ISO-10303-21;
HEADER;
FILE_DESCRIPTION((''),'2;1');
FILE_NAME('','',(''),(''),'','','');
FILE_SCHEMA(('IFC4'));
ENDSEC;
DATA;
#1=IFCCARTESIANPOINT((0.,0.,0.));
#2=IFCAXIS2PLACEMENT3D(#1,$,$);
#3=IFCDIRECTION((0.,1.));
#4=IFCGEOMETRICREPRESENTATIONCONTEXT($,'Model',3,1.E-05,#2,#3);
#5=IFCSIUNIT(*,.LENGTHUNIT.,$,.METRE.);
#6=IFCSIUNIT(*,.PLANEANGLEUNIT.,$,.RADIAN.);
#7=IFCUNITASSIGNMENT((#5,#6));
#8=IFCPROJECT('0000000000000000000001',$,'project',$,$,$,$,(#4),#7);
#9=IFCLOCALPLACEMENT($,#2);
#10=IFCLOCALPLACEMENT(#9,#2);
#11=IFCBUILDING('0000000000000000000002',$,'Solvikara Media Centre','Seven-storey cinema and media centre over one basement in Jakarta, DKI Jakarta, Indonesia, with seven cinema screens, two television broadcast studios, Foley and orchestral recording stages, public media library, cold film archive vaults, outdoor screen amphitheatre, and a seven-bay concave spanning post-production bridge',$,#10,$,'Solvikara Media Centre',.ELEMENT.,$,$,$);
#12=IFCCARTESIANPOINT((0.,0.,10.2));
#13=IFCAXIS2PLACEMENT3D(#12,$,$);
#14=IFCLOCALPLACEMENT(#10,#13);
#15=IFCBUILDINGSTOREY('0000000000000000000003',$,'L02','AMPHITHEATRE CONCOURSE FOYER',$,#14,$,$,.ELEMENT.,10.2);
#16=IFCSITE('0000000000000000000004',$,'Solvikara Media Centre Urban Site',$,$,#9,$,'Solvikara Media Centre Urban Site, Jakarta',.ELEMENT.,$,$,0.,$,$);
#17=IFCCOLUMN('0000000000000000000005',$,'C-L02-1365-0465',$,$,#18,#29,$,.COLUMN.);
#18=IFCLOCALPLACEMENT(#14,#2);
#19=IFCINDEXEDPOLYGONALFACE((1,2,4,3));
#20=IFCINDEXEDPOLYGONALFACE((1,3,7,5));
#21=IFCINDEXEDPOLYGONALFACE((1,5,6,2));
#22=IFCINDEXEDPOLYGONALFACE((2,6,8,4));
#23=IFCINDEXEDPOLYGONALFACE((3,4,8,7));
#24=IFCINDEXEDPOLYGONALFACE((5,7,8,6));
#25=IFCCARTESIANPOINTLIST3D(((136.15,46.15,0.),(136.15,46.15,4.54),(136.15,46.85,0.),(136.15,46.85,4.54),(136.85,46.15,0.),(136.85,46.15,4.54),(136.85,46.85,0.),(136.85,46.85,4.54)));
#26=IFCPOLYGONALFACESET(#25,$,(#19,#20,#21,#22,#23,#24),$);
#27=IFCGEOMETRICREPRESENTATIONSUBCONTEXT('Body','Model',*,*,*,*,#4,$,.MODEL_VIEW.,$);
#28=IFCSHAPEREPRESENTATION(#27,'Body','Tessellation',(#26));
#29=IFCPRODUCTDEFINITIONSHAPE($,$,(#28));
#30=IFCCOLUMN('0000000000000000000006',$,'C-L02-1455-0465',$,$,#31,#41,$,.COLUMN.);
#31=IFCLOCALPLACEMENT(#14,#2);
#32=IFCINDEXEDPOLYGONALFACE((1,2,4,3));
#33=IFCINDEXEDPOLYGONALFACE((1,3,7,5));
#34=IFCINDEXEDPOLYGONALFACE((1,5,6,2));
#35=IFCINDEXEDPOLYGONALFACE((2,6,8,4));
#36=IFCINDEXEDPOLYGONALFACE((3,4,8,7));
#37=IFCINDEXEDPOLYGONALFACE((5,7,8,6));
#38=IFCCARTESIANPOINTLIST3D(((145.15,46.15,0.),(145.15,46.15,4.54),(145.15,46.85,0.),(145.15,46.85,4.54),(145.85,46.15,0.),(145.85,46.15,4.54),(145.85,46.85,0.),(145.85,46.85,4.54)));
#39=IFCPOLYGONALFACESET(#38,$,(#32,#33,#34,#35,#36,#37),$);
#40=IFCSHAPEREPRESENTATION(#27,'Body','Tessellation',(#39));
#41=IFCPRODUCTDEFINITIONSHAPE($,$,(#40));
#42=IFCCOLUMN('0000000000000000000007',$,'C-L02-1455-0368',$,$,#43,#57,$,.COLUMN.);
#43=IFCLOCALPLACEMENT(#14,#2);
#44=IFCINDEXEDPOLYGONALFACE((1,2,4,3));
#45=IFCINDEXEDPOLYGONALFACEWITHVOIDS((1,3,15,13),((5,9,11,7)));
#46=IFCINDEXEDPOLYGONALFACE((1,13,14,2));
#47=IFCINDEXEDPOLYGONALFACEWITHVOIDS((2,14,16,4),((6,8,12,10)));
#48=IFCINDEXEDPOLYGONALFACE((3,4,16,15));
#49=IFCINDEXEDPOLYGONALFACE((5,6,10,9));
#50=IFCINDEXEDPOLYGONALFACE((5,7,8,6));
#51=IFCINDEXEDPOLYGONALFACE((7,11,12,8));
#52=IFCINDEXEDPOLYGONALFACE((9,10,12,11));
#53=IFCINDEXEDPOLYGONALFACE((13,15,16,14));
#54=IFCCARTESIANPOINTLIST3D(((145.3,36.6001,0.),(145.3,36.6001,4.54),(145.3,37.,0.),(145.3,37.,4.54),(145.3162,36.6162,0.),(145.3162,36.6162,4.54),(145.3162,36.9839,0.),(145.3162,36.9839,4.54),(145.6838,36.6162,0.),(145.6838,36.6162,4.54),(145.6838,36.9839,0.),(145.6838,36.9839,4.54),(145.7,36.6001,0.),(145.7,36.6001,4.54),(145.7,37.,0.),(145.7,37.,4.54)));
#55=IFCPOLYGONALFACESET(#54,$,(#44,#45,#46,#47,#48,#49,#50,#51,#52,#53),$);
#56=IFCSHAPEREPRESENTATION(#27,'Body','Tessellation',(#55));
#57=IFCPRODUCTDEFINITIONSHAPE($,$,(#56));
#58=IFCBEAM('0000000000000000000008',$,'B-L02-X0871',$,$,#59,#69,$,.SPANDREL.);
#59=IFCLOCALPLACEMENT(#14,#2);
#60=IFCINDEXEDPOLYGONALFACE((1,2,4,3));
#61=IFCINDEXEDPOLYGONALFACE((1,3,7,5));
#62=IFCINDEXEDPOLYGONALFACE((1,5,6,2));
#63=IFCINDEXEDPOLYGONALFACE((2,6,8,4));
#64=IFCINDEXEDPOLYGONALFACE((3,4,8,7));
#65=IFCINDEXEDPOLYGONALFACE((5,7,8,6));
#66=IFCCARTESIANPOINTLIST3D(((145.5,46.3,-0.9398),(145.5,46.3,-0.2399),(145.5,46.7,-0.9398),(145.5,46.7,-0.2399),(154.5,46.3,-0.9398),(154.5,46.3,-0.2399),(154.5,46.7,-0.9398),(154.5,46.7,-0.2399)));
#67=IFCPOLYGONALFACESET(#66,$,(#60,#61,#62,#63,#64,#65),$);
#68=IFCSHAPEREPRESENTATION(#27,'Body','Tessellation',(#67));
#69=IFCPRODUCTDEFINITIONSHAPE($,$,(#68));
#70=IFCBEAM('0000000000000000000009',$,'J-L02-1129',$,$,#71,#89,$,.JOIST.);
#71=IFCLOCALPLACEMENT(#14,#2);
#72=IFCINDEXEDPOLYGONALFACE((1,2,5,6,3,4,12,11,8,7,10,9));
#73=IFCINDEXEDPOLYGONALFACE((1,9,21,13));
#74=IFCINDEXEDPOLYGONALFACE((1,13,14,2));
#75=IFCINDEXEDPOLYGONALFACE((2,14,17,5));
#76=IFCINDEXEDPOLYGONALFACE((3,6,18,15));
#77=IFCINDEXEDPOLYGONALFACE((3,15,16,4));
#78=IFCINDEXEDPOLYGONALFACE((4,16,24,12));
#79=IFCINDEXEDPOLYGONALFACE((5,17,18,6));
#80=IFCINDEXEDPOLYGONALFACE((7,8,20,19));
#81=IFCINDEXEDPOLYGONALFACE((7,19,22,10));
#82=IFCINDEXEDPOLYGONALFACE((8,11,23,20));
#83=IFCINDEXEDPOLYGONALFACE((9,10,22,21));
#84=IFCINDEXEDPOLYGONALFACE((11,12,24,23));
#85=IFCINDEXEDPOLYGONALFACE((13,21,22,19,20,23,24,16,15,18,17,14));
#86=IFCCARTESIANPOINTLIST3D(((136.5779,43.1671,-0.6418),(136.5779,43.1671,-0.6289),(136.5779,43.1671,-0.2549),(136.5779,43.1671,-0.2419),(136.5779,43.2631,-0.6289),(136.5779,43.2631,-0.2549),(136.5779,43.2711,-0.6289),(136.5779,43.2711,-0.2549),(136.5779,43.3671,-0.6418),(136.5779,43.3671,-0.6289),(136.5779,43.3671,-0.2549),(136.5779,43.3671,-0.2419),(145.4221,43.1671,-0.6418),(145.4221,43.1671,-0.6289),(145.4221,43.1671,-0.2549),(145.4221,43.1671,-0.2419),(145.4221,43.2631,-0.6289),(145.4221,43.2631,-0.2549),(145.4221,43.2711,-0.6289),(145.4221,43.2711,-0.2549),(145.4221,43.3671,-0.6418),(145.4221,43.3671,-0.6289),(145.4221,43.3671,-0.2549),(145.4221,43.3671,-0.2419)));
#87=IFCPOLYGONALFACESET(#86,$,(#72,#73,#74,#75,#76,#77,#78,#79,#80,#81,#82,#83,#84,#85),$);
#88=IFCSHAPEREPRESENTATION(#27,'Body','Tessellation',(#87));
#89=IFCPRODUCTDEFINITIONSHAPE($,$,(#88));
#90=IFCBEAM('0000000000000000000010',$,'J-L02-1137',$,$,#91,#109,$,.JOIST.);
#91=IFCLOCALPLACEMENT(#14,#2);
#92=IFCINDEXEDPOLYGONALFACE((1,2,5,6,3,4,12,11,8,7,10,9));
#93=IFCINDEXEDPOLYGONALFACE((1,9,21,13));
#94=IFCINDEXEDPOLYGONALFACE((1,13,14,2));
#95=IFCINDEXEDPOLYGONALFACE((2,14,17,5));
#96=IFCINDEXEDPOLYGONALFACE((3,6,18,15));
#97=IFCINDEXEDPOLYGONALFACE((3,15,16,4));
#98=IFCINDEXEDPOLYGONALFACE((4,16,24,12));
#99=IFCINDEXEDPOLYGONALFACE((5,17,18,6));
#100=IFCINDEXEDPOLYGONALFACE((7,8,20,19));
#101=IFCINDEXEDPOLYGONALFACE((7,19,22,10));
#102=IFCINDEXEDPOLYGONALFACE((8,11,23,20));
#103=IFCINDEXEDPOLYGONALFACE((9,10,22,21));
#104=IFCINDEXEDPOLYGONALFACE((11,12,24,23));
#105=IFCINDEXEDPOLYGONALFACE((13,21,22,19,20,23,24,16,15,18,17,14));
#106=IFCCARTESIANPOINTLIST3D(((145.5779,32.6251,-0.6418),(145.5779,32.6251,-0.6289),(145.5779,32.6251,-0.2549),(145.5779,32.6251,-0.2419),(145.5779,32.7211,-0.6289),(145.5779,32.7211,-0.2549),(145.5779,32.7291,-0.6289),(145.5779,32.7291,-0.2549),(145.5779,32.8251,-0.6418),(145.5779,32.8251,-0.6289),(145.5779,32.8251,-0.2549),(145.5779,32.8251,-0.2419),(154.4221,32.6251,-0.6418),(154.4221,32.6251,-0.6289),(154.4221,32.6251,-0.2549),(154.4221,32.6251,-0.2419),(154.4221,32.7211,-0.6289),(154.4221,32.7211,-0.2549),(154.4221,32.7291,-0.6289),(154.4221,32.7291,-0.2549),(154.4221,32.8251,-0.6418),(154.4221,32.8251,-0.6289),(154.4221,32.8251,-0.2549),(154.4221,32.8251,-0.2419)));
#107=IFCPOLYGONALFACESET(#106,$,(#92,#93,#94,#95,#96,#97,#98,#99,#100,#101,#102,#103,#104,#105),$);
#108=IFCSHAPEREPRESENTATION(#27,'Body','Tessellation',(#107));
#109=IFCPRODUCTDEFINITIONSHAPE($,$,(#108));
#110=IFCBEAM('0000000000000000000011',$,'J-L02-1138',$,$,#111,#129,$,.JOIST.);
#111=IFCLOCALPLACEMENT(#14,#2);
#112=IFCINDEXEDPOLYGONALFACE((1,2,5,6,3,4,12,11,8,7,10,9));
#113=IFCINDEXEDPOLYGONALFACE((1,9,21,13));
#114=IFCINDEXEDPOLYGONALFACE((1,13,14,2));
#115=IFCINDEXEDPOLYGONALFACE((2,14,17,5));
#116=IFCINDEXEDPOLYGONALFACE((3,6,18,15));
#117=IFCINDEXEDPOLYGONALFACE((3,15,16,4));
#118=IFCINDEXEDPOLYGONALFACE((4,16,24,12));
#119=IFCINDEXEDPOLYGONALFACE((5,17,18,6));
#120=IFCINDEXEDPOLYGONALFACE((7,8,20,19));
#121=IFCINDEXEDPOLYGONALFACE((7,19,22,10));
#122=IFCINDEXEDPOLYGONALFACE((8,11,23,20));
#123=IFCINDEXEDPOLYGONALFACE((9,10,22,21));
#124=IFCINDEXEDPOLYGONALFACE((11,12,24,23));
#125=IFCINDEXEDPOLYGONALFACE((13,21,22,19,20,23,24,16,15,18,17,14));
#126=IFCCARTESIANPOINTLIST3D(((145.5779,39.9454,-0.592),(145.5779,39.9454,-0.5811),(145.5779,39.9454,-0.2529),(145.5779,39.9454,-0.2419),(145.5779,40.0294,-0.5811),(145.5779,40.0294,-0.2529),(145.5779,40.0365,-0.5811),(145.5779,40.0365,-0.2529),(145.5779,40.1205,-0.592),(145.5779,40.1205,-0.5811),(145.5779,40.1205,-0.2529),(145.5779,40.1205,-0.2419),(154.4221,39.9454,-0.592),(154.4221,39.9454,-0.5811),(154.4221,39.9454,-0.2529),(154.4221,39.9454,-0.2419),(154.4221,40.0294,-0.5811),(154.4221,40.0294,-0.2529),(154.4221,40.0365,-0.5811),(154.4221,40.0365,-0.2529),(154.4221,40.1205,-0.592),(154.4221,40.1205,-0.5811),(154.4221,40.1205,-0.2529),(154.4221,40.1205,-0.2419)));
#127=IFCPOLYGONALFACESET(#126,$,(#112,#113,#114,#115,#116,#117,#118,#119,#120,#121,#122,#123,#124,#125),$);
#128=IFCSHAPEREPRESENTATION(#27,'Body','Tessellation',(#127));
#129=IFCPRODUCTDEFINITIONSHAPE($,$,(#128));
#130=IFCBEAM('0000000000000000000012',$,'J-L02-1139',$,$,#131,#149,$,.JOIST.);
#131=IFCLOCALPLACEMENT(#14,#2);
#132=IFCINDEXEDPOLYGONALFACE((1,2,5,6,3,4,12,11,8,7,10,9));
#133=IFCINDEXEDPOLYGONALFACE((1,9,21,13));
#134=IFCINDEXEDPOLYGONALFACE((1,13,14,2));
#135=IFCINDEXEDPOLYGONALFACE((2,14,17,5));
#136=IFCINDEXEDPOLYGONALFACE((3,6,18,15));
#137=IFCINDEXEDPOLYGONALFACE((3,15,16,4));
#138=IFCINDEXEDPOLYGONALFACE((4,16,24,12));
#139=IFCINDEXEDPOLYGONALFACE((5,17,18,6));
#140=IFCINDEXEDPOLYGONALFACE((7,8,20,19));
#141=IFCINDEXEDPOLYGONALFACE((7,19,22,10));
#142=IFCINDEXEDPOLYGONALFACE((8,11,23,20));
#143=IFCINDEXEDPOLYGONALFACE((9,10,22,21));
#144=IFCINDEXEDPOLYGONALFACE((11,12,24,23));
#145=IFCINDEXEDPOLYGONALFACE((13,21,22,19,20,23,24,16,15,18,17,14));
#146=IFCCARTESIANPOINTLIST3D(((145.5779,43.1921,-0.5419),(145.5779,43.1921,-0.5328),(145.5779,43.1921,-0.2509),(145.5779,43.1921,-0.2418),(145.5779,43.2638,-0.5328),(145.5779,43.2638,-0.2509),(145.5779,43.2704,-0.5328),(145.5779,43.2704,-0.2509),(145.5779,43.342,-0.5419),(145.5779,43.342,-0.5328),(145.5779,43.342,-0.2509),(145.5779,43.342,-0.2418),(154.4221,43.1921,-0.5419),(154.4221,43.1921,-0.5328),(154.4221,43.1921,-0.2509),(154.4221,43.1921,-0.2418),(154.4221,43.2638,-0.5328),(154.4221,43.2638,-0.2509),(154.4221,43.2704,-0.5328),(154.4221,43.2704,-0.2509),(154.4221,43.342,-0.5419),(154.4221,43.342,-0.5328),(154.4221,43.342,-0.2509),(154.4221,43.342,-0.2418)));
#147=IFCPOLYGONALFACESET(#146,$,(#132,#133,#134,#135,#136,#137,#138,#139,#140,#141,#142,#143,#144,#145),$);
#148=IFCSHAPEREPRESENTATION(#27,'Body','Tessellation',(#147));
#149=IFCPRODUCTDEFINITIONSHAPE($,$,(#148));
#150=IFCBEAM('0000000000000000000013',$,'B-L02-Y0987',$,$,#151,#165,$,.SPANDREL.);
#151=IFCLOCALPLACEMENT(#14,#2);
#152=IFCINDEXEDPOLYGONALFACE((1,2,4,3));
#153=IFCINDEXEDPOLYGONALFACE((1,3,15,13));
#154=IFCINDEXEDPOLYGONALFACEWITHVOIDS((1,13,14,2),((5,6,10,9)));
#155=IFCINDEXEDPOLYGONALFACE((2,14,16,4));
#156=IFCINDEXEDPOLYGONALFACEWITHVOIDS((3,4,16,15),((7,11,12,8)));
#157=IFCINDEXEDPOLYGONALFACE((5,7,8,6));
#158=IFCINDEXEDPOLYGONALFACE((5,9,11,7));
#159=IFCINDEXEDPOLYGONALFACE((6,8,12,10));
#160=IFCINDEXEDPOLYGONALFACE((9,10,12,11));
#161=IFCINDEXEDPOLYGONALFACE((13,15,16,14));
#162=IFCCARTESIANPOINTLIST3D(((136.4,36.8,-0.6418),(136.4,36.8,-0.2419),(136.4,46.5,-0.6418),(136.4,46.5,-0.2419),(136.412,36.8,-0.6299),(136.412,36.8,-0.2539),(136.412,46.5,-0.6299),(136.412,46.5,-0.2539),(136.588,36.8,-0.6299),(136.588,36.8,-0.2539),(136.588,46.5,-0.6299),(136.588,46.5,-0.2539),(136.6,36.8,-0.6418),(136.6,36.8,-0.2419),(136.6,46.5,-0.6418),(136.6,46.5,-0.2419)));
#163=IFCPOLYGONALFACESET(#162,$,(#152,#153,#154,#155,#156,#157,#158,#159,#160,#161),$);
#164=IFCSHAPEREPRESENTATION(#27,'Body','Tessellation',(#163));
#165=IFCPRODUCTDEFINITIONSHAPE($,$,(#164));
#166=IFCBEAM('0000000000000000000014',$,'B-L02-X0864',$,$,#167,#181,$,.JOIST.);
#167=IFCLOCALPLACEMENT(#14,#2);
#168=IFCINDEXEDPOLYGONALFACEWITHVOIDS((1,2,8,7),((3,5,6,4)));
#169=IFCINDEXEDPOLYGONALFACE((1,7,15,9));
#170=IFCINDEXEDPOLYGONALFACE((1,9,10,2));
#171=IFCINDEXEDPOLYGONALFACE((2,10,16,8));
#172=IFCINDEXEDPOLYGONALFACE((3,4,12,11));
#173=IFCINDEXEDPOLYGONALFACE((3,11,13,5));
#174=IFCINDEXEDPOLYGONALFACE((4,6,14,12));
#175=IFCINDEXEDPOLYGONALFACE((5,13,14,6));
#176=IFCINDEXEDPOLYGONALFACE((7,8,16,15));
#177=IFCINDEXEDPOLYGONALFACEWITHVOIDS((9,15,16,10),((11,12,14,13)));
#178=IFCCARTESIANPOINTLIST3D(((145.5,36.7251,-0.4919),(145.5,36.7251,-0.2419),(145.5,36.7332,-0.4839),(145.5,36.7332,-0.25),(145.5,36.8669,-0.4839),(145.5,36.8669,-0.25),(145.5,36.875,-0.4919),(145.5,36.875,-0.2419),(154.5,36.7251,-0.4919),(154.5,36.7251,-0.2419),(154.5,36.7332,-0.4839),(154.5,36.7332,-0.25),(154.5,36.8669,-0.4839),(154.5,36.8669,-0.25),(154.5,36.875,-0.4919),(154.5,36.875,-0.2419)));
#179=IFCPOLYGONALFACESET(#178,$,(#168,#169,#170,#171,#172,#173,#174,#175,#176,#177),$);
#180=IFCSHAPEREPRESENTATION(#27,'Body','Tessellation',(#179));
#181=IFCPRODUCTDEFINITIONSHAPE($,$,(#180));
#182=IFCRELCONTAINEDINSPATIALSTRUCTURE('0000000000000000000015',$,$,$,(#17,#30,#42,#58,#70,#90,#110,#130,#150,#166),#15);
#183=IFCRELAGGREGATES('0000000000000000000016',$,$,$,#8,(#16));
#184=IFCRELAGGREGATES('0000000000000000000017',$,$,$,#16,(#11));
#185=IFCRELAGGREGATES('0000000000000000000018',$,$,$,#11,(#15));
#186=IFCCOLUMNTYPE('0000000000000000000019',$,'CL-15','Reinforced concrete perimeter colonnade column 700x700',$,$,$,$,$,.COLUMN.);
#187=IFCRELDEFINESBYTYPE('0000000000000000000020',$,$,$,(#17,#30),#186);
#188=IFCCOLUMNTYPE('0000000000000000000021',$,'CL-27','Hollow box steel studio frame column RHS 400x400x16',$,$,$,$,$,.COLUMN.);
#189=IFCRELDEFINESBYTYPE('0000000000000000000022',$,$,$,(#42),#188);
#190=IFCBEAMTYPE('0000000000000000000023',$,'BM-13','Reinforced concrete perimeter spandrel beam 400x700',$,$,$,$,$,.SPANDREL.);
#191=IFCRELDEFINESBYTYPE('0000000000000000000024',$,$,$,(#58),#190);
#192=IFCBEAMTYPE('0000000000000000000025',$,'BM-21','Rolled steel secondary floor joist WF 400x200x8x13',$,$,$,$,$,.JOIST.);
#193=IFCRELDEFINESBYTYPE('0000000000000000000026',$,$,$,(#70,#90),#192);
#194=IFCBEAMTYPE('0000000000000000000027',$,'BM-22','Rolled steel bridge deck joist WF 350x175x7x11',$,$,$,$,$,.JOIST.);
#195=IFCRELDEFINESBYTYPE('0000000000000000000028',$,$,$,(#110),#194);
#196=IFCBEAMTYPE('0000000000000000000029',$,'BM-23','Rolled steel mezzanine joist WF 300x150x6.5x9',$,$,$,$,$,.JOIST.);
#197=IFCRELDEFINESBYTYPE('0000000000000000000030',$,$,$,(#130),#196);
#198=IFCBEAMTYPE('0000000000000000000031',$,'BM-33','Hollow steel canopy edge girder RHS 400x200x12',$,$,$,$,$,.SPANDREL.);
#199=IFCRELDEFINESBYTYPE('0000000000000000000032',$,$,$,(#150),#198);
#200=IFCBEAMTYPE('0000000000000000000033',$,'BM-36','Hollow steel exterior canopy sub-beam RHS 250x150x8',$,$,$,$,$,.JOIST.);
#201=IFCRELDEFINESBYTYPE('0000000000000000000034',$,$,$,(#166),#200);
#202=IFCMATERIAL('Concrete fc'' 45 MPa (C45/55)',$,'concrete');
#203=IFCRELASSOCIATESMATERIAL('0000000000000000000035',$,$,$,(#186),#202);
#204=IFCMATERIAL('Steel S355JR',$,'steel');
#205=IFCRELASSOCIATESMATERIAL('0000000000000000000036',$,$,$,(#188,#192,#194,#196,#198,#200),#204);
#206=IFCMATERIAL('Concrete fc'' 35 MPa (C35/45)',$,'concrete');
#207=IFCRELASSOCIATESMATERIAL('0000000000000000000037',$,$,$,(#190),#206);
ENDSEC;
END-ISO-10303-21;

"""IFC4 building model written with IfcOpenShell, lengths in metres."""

from ifc_helpers import new_model, si_unit, direction, frame, origin, origin_2d, place, context, subcontext, project, spatial, rectangle, hollow_rectangle, i_section, extrude, material, material_profile, profile_set, type_object, element, save


model = new_model("IFC4")

# Units and contexts
model_context = context("Model", 3, precision=1e-05, world=origin(), true_north=direction((0.0, 1.0)))
body_context = subcontext(model_context, "Body", "Model", "MODEL_VIEW")
ifc_project = project(units=[si_unit("LENGTHUNIT", "METRE"), si_unit("PLANEANGLEUNIT", "RADIAN")], contexts=[model_context])

# Site, building, storey
site_placement = place(None, origin())
site = spatial("IfcSite", under=ifc_project, at=site_placement, Name="Solvikara Media Centre Urban Site", LongName="Solvikara Media Centre Urban Site, Jakarta", CompositionType="ELEMENT", RefElevation=0.0)
building_placement = place(site_placement, origin())
building = spatial("IfcBuilding", under=site, at=building_placement, Name="Solvikara Media Centre", Description="Seven-storey cinema and media centre over one basement in Jakarta, DKI Jakarta, Indonesia, with seven cinema screens, two television broadcast studios, Foley and orchestral recording stages, public media library, cold film archive vaults, outdoor screen amphitheatre, and a seven-bay concave spanning post-production bridge", LongName="Solvikara Media Centre", CompositionType="ELEMENT")
storey_placement = place(building_placement, frame((0.0, 0.0, 10.2)))
storey = spatial("IfcBuildingStorey", under=building, at=storey_placement, Name="L02", Description="AMPHITHEATRE CONCOURSE FOYER", CompositionType="ELEMENT", Elevation=10.2)

# Columns
ifc_material_1 = material(Name="Concrete fc' 45 MPa (C45/55)", Category="concrete")
ifc_material_profile_1 = material_profile(ifc_material_1, rectangle(XDim=0.7, YDim=0.7, at=origin_2d()), Name="RC 700x700")
ifc_profile_set_1 = profile_set([ifc_material_profile_1], Name="Concrete fc' 45 MPa (C45/55)")
column_type_1 = type_object("IfcColumnType", Name="CL-15", Description="Reinforced concrete perimeter colonnade column 700x700", PredefinedType="COLUMN", material=ifc_profile_set_1)
for number, where, z_axis, x_axis, name in (
    (1, (136.5, 46.5, 0.0), (0.0, 0.0, 1.0), (1.0, 0.0, 0.0), "C-L02-1365-0465"),
    (2, (145.5, 46.5, 0.0), (0.0, 0.0, 1.0), (1.0, 0.0, 0.0), "C-L02-1455-0465"),
):
    element("IfcColumn", number, at=place(storey_placement, frame(where, z_axis=z_axis, x_axis=x_axis)), inside=storey, type_object=column_type_1, Name=name, PredefinedType="COLUMN", context=body_context, shape_type="SweptSolid", body=[
        extrude(rectangle(XDim=0.7, YDim=0.7, at=origin_2d()), origin(), (0.0, 0.0, 1.0), 4.54),
    ])
ifc_material_2 = material(Name="Steel S355JR", Category="steel")
ifc_material_profile_2 = material_profile(ifc_material_2, hollow_rectangle(XDim=0.3999, YDim=0.3999, WallThickness=0.0161, at=origin_2d()), Name="RHS 400x400x16")
ifc_profile_set_2 = profile_set([ifc_material_profile_2], Name="Steel S355JR")
column_type_2 = type_object("IfcColumnType", Name="CL-27", Description="Hollow box steel studio frame column RHS 400x400x16", PredefinedType="COLUMN", material=ifc_profile_set_2)
column_placement = place(storey_placement, frame((145.5, 36.8, 0.0), z_axis=(0.0, 0.0, 1.0), x_axis=(1.0, 0.0, 0.0)))
element("IfcColumn", 3, at=column_placement, inside=storey, type_object=column_type_2, Name="C-L02-1455-0368", PredefinedType="COLUMN", context=body_context, shape_type="SweptSolid", body=[
    extrude(hollow_rectangle(XDim=0.3999, YDim=0.3999, WallThickness=0.0161, at=origin_2d()), origin(), (0.0, 0.0, 1.0), 4.54),
])

# Beams
ifc_material_3 = material(Name="Concrete fc' 35 MPa (C35/45)", Category="concrete")
ifc_material_profile_3 = material_profile(ifc_material_3, rectangle(XDim=0.3999, YDim=0.7, at=origin_2d()), Name="RC 400x700")
ifc_profile_set_3 = profile_set([ifc_material_profile_3], Name="Concrete fc' 35 MPa (C35/45)")
beam_type_1 = type_object("IfcBeamType", Name="BM-13", Description="Reinforced concrete perimeter spandrel beam 400x700", PredefinedType="SPANDREL", material=ifc_profile_set_3)
beam_1_placement = place(storey_placement, frame((145.5, 46.5, -0.5898), z_axis=(1.0, 0.0, 0.0), x_axis=(0.0, 1.0, 0.0)))
element("IfcBeam", 4, at=beam_1_placement, inside=storey, type_object=beam_type_1, Name="B-L02-X0871", PredefinedType="SPANDREL", context=body_context, shape_type="SweptSolid", body=[
    extrude(rectangle(XDim=0.3999, YDim=0.7, at=origin_2d()), origin(), (0.0, 0.0, 1.0), 9.0),
])
ifc_material_profile_4 = material_profile(ifc_material_2, i_section(OverallWidth=0.2, OverallDepth=0.3999, WebThickness=0.0081, FlangeThickness=0.0129, at=origin_2d()), Name="WF 400x200x8x13")
ifc_profile_set_4 = profile_set([ifc_material_profile_4], Name="Steel S355JR")
beam_type_2 = type_object("IfcBeamType", Name="BM-21", Description="Rolled steel secondary floor joist WF 400x200x8x13", PredefinedType="JOIST", material=ifc_profile_set_4)
for number, where, z_axis, x_axis, name in (
    (5, (136.5779, 43.2671, -0.4419), (1.0, 0.0, 0.0), (0.0, 1.0, 0.0), "J-L02-1129"),
    (6, (145.5779, 32.7251, -0.4419), (1.0, 0.0, 0.0), (0.0, 1.0, 0.0), "J-L02-1137"),
):
    element("IfcBeam", number, at=place(storey_placement, frame(where, z_axis=z_axis, x_axis=x_axis)), inside=storey, type_object=beam_type_2, Name=name, PredefinedType="JOIST", context=body_context, shape_type="SweptSolid", body=[
        extrude(i_section(OverallWidth=0.2, OverallDepth=0.3999, WebThickness=0.0081, FlangeThickness=0.0129, at=origin_2d()), origin(), (0.0, 0.0, 1.0), 8.8442),
    ])
ifc_material_profile_5 = material_profile(ifc_material_2, i_section(OverallWidth=0.175, OverallDepth=0.3501, WebThickness=0.0071, FlangeThickness=0.011, at=origin_2d()), Name="WF 350x175x7x11")
ifc_profile_set_5 = profile_set([ifc_material_profile_5], Name="Steel S355JR")
beam_type_3 = type_object("IfcBeamType", Name="BM-22", Description="Rolled steel bridge deck joist WF 350x175x7x11", PredefinedType="JOIST", material=ifc_profile_set_5)
beam_2_placement = place(storey_placement, frame((145.5779, 40.033, -0.417), z_axis=(1.0, 0.0, 0.0), x_axis=(0.0, 1.0, 0.0)))
element("IfcBeam", 7, at=beam_2_placement, inside=storey, type_object=beam_type_3, Name="J-L02-1138", PredefinedType="JOIST", context=body_context, shape_type="SweptSolid", body=[
    extrude(i_section(OverallWidth=0.175, OverallDepth=0.3501, WebThickness=0.0071, FlangeThickness=0.011, at=origin_2d()), origin(), (0.0, 0.0, 1.0), 8.8442),
])
ifc_material_profile_6 = material_profile(ifc_material_2, i_section(OverallWidth=0.1499, OverallDepth=0.3, WebThickness=0.0066, FlangeThickness=0.009, at=origin_2d()), Name="WF 300x150x6.5x9")
ifc_profile_set_6 = profile_set([ifc_material_profile_6], Name="Steel S355JR")
beam_type_4 = type_object("IfcBeamType", Name="BM-23", Description="Rolled steel mezzanine joist WF 300x150x6.5x9", PredefinedType="JOIST", material=ifc_profile_set_6)
beam_3_placement = place(storey_placement, frame((145.5779, 43.2671, -0.3918), z_axis=(1.0, 0.0, 0.0), x_axis=(0.0, 1.0, 0.0)))
element("IfcBeam", 8, at=beam_3_placement, inside=storey, type_object=beam_type_4, Name="J-L02-1139", PredefinedType="JOIST", context=body_context, shape_type="SweptSolid", body=[
    extrude(i_section(OverallWidth=0.1499, OverallDepth=0.3, WebThickness=0.0066, FlangeThickness=0.009, at=origin_2d()), origin(), (0.0, 0.0, 1.0), 8.8442),
])
ifc_material_profile_7 = material_profile(ifc_material_2, hollow_rectangle(XDim=0.2, YDim=0.3999, WallThickness=0.012, at=origin_2d()), Name="RHS 400x200x12")
ifc_profile_set_7 = profile_set([ifc_material_profile_7], Name="Steel S355JR")
beam_type_5 = type_object("IfcBeamType", Name="BM-33", Description="Hollow steel canopy edge girder RHS 400x200x12", PredefinedType="SPANDREL", material=ifc_profile_set_7)
beam_4_placement = place(storey_placement, frame((136.5, 36.8, -0.4419), z_axis=(0.0, 1.0, 0.0), x_axis=(-1.0, 0.0, 0.0)))
element("IfcBeam", 9, at=beam_4_placement, inside=storey, type_object=beam_type_5, Name="B-L02-Y0987", PredefinedType="SPANDREL", context=body_context, shape_type="SweptSolid", body=[
    extrude(hollow_rectangle(XDim=0.2, YDim=0.3999, WallThickness=0.012, at=origin_2d()), origin(), (0.0, 0.0, 1.0), 9.7),
])
ifc_material_profile_8 = material_profile(ifc_material_2, hollow_rectangle(XDim=0.1499, YDim=0.25, WallThickness=0.0081, at=origin_2d()), Name="RHS 250x150x8")
ifc_profile_set_8 = profile_set([ifc_material_profile_8], Name="Steel S355JR")
beam_type_6 = type_object("IfcBeamType", Name="BM-36", Description="Hollow steel exterior canopy sub-beam RHS 250x150x8", PredefinedType="JOIST", material=ifc_profile_set_8)
for number, where, z_axis, x_axis, name in (
    (10, (145.5, 36.8, -0.3669), (1.0, 0.0, 0.0), (0.0, 1.0, 0.0), "B-L02-X0864"),
):
    element("IfcBeam", number, at=place(storey_placement, frame(where, z_axis=z_axis, x_axis=x_axis)), inside=storey, type_object=beam_type_6, Name=name, PredefinedType="JOIST", context=body_context, shape_type="SweptSolid", body=[
        extrude(hollow_rectangle(XDim=0.1499, YDim=0.25, WallThickness=0.0081, at=origin_2d()), origin(), (0.0, 0.0, 1.0), 9.0),
    ])

save(model, "model.ifc")
